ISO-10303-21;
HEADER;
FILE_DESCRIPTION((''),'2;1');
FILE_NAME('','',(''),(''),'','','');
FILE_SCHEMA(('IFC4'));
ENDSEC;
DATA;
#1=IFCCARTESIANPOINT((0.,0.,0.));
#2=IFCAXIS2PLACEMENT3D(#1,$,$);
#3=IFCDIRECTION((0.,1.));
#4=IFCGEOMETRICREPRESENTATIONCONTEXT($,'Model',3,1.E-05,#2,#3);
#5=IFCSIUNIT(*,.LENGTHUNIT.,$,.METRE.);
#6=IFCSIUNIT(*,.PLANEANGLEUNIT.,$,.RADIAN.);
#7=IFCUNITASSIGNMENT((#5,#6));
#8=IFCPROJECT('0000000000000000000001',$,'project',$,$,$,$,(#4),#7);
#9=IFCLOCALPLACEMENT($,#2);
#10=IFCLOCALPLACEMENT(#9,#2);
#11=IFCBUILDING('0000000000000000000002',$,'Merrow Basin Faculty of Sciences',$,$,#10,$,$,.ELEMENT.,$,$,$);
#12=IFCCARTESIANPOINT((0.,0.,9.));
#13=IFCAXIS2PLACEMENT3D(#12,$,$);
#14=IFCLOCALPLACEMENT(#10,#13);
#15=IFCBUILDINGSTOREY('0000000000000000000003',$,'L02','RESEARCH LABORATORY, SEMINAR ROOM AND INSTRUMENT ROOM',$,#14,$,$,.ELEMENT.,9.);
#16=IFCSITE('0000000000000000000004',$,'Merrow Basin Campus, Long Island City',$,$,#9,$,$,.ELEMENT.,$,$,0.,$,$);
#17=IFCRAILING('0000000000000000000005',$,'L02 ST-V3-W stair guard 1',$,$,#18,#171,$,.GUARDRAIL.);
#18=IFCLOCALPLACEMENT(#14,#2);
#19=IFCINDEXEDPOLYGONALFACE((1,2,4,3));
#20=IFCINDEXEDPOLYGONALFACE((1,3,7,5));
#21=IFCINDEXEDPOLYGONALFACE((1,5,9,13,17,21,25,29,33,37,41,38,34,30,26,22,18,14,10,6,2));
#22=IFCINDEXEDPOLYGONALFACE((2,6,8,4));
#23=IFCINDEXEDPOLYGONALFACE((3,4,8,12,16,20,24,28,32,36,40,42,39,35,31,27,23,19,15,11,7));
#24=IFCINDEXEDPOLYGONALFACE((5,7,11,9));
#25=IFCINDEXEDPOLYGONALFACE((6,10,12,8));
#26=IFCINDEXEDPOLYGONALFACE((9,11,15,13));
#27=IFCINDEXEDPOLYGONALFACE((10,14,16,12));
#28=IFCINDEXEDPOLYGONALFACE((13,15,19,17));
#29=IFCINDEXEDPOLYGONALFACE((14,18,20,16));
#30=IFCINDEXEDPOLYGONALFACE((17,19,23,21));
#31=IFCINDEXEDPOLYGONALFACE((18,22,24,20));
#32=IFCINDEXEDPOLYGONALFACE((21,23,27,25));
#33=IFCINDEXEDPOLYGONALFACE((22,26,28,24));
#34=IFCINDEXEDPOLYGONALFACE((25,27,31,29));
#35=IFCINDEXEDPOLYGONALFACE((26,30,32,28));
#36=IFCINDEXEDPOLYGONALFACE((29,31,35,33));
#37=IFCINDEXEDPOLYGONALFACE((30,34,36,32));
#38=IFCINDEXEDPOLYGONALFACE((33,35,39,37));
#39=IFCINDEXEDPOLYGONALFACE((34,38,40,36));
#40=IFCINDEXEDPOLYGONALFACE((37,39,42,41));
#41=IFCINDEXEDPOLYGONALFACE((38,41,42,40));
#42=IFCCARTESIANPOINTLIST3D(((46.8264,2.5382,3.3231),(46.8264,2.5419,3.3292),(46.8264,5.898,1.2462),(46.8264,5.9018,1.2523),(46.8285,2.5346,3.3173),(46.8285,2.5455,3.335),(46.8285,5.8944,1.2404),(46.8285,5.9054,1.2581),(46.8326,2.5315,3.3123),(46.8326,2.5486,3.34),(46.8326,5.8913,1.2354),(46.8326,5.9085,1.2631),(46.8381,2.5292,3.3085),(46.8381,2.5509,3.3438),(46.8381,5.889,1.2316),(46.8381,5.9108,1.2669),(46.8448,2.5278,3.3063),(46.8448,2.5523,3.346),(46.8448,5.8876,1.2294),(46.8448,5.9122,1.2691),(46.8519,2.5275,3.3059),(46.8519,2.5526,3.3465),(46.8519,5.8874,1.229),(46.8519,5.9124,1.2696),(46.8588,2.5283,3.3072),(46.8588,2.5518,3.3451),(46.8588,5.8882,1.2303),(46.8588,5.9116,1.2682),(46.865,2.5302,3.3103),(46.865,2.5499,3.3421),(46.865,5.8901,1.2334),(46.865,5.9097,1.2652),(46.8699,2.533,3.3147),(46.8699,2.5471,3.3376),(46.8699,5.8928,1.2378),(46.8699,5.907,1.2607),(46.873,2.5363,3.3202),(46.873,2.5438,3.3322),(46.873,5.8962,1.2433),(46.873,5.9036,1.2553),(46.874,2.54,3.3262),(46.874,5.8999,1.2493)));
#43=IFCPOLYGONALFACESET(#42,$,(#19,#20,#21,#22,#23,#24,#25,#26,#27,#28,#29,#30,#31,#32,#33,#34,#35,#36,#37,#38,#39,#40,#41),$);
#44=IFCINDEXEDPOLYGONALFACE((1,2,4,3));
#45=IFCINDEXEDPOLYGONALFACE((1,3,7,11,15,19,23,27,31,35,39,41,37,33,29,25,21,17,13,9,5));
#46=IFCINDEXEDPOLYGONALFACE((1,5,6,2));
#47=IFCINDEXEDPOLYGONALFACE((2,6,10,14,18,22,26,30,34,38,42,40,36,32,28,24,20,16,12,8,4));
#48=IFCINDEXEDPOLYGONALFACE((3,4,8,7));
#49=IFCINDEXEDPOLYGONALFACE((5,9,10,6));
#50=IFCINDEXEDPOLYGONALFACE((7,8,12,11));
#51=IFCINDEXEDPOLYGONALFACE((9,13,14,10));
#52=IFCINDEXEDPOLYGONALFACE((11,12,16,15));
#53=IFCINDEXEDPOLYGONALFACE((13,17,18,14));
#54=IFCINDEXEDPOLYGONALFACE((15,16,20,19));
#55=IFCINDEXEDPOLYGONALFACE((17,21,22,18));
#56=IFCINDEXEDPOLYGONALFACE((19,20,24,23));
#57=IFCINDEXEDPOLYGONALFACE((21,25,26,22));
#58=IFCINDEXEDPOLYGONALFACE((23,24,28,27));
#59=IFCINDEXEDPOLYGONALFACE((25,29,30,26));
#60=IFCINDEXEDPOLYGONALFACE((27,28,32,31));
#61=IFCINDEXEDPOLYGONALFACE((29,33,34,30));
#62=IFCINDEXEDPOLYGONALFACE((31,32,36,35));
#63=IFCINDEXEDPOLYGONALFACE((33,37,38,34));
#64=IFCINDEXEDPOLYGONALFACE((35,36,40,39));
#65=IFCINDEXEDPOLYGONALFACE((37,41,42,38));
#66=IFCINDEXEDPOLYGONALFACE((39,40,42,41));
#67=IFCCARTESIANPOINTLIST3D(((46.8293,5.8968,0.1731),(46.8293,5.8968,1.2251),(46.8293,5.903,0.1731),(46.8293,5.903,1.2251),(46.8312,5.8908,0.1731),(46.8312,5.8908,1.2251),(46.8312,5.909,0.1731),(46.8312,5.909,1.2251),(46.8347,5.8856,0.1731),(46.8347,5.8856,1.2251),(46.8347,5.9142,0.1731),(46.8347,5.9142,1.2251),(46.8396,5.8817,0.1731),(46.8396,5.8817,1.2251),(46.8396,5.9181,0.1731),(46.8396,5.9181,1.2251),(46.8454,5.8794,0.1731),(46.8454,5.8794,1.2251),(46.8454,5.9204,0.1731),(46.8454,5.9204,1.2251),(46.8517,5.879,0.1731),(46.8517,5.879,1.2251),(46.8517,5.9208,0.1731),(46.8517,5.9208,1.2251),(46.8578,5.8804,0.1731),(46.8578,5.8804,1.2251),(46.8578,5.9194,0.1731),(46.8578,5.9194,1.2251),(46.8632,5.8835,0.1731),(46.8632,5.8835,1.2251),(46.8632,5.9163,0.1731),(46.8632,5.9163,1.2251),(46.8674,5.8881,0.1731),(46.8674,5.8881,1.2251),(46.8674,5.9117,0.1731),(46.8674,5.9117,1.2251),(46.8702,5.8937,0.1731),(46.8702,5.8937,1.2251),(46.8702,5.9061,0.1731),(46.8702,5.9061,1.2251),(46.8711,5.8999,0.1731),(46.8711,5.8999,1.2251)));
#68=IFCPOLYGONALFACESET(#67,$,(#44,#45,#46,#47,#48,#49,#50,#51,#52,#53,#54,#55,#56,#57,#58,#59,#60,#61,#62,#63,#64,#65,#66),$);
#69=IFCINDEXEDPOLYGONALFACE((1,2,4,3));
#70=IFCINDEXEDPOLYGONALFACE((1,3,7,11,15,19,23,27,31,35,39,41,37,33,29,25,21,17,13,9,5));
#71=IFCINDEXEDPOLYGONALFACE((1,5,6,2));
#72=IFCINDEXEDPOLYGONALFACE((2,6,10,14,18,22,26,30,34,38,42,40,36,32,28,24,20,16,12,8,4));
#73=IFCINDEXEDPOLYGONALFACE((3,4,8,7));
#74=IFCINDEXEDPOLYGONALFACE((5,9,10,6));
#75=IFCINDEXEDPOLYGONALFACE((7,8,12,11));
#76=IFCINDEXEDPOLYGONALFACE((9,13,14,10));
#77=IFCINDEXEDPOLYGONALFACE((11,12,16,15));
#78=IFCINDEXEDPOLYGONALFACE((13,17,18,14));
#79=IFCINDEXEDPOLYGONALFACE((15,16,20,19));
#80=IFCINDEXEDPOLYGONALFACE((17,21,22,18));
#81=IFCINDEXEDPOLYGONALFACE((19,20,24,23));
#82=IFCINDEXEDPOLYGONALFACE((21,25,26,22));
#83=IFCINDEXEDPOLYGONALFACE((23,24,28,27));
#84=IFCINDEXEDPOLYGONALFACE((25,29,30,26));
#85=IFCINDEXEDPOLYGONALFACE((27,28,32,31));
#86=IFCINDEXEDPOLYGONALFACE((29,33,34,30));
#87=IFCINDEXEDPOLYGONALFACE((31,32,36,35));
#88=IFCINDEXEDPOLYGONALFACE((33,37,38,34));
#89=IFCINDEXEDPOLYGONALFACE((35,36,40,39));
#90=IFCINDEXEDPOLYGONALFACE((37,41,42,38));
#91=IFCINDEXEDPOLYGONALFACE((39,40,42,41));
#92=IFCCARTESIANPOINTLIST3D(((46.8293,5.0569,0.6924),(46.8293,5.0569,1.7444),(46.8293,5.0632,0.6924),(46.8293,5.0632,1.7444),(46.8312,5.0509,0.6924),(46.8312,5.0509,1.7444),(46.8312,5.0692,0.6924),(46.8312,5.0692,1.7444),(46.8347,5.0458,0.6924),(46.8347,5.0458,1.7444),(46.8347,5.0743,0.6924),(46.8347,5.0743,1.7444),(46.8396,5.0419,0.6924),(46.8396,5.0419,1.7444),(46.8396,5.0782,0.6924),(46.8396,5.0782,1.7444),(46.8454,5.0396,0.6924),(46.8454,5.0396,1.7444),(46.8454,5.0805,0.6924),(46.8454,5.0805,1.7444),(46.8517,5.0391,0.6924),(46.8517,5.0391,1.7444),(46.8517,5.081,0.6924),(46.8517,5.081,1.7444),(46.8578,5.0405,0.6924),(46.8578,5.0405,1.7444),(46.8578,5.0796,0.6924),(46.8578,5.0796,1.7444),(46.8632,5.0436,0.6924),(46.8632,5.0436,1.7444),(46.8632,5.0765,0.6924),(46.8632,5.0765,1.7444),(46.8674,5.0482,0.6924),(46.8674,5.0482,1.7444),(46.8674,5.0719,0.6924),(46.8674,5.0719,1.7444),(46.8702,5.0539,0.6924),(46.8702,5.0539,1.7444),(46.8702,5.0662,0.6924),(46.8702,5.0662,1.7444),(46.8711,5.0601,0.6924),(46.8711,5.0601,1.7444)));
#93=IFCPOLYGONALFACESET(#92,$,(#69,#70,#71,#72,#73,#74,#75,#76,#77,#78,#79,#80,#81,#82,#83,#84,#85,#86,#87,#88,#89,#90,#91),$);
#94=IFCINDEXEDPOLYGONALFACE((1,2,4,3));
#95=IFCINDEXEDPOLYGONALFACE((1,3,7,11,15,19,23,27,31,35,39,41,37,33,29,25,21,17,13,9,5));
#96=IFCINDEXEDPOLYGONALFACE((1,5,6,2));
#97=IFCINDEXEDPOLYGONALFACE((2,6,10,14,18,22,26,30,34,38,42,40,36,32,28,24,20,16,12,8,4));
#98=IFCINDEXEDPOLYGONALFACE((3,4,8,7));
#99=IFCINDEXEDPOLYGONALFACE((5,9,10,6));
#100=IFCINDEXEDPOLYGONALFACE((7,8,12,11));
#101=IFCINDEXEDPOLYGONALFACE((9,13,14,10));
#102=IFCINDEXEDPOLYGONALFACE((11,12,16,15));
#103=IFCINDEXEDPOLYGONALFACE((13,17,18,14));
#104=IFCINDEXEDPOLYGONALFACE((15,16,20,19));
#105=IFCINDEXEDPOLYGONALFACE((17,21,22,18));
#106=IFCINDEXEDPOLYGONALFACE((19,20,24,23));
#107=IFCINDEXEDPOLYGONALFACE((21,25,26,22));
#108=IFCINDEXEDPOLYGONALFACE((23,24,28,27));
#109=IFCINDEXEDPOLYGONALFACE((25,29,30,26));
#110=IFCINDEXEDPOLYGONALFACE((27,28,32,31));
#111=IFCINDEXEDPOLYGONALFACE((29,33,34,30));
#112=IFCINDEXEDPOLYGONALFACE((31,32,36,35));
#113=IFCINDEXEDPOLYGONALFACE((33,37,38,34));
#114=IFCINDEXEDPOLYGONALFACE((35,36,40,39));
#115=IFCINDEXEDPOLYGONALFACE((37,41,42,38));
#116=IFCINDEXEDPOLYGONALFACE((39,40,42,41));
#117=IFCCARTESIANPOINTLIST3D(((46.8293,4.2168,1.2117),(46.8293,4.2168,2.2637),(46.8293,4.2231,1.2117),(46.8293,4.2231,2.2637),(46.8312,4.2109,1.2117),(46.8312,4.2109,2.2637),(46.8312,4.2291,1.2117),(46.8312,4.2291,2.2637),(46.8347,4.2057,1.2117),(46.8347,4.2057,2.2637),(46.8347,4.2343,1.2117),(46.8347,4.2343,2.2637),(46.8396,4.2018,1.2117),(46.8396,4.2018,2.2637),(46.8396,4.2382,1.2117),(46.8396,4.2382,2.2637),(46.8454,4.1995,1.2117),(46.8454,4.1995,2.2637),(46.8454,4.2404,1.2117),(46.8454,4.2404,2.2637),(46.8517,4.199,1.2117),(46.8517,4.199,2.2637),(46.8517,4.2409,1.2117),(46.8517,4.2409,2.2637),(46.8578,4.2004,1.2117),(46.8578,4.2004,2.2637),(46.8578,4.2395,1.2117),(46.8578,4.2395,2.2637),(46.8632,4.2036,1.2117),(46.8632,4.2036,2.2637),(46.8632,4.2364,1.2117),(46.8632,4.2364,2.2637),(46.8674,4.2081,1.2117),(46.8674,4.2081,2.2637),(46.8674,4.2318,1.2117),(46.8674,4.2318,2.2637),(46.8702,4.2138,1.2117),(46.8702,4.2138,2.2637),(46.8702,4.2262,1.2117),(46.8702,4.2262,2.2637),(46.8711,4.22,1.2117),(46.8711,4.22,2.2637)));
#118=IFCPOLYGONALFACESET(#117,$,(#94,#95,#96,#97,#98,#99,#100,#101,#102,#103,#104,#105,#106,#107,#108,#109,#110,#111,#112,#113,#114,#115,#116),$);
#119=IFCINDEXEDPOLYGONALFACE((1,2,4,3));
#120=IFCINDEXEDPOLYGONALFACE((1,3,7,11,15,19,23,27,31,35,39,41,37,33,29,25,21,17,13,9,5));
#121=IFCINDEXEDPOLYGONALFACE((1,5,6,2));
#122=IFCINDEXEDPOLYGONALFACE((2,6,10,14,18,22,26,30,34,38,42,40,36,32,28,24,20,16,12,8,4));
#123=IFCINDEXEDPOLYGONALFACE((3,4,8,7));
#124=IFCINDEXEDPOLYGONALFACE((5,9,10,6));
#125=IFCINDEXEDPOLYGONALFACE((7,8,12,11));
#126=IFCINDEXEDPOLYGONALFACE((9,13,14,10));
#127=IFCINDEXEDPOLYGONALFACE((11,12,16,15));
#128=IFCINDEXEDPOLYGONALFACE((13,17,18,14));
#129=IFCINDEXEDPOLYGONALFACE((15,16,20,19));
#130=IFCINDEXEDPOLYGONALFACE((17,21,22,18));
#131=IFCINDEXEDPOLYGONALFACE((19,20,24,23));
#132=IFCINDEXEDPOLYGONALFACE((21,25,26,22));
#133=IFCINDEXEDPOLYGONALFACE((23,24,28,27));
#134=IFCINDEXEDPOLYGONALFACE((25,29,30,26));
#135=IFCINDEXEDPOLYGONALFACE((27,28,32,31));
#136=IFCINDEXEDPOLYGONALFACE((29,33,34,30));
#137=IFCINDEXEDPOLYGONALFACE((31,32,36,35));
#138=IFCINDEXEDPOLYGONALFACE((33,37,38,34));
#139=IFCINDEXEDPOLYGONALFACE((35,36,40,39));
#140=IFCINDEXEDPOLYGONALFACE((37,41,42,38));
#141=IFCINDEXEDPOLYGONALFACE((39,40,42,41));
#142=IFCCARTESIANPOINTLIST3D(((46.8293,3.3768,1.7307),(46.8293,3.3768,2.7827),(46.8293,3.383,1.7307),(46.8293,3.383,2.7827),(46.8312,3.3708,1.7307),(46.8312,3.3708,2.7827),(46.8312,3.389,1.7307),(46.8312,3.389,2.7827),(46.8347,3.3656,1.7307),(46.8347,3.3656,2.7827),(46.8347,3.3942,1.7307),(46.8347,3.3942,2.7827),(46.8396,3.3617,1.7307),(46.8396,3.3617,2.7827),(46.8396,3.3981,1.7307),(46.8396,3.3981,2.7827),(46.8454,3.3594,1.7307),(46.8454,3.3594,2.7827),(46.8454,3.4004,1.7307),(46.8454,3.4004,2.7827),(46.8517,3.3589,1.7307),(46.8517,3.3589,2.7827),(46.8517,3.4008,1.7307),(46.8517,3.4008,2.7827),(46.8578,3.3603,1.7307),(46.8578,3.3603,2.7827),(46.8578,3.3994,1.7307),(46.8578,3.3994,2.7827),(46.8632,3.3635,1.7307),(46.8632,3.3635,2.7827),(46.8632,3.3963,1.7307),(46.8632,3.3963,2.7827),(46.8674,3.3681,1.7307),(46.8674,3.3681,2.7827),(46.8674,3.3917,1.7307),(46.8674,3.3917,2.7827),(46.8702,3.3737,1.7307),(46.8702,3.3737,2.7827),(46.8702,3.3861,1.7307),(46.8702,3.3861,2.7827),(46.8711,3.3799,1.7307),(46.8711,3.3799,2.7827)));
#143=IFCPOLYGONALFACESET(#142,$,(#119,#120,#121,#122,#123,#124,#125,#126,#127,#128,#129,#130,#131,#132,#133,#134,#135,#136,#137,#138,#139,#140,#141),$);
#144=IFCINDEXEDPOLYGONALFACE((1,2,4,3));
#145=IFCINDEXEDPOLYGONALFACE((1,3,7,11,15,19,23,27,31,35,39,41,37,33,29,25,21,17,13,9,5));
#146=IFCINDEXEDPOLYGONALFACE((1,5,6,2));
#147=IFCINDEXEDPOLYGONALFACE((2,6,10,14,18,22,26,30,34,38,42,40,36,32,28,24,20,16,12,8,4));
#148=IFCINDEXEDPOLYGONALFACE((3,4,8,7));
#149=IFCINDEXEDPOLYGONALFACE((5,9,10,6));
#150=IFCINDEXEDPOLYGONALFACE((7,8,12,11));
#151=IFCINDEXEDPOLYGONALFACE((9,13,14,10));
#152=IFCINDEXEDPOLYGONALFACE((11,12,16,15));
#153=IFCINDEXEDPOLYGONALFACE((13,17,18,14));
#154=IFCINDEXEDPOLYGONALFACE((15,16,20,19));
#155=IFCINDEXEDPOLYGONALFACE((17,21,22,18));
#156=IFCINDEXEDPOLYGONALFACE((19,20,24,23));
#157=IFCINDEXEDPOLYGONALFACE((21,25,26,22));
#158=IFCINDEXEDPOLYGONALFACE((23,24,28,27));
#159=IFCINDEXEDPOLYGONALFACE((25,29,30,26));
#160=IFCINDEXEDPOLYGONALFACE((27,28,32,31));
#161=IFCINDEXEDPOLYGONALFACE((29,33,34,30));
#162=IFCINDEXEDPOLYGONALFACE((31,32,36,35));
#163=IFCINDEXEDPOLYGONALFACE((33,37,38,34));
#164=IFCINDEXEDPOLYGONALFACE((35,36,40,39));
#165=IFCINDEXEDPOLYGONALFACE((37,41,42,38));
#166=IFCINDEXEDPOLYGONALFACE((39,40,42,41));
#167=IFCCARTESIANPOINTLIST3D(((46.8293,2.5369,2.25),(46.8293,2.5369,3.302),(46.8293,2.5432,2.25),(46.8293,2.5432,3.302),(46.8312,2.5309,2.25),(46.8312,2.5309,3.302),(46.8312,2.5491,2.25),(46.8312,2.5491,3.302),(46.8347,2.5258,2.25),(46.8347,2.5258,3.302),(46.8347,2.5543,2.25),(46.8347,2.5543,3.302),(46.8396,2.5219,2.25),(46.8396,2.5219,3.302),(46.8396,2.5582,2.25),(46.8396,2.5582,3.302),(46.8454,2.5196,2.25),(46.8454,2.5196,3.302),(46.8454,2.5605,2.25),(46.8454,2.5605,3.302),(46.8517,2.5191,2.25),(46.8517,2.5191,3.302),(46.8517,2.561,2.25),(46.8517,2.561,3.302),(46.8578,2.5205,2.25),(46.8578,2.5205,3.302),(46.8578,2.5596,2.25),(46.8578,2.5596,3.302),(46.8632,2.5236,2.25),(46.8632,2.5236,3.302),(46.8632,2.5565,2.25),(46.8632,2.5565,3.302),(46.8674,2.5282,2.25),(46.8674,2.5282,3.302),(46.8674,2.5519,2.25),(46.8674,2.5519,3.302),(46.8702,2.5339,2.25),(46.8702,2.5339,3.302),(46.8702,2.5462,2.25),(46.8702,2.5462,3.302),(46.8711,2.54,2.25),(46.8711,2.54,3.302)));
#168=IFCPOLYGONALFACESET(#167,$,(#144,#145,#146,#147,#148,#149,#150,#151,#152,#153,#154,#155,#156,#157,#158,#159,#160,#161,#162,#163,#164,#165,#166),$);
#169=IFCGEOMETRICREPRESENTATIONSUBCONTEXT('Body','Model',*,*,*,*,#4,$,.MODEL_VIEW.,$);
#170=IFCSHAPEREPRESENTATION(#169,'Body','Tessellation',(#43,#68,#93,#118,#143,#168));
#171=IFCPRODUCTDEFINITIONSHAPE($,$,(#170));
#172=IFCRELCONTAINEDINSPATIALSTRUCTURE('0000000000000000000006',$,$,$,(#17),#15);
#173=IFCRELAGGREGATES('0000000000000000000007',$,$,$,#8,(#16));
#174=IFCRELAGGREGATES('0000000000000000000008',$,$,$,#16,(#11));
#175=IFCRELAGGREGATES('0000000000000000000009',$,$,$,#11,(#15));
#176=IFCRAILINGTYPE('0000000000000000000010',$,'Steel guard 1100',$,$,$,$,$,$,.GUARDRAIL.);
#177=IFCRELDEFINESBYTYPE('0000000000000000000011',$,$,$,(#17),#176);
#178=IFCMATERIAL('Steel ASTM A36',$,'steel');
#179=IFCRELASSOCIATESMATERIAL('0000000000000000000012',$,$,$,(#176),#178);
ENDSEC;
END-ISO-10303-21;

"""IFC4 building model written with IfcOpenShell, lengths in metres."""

from ifc_helpers import new_model, si_unit, direction, frame, origin, origin_2d, place, context, subcontext, project, spatial, circle, extrude, material, type_object, element, save


model = new_model("IFC4")

# Units and contexts
model_context = context("Model", 3, precision=1e-05, world=origin(), true_north=direction((0.0, 1.0)))
body_context = subcontext(model_context, "Body", "Model", "MODEL_VIEW")
ifc_project = project(units=[si_unit("LENGTHUNIT", "METRE"), si_unit("PLANEANGLEUNIT", "RADIAN")], contexts=[model_context])

# Site, building, storey
site_placement = place(None, origin())
site = spatial("IfcSite", under=ifc_project, at=site_placement, Name="Merrow Basin Campus, Long Island City", CompositionType="ELEMENT", RefElevation=0.0)
building_placement = place(site_placement, origin())
building = spatial("IfcBuilding", under=site, at=building_placement, Name="Merrow Basin Faculty of Sciences", CompositionType="ELEMENT")
storey_placement = place(building_placement, frame((0.0, 0.0, 9.0)))
storey = spatial("IfcBuildingStorey", under=building, at=storey_placement, Name="L02", Description="RESEARCH LABORATORY, SEMINAR ROOM AND INSTRUMENT ROOM", CompositionType="ELEMENT", Elevation=9.0)

# Railing
ifc_material_1 = material(Name="Steel ASTM A36", Category="steel")
railing_type_1 = type_object("IfcRailingType", Name="Steel guard 1100", PredefinedType="GUARDRAIL", material=ifc_material_1)
railing_1_placement = place(storey_placement, frame((46.8501, 5.8999, 0.1731)))
element("IfcRailing", 1, at=railing_1_placement, inside=storey, type_object=railing_type_1, Name="L02 ST-V3-W stair guard 1", PredefinedType="GUARDRAIL", context=body_context, shape_type="SweptSolid", body=[
    extrude(circle(Radius=0.0239, at=origin_2d()), frame((0.0, 0.0, 1.0762), z_axis=(0.0, -0.850606, 0.525803), x_axis=(1.0, 0.0, 0.0)), (0.0, 0.0, 1.0), 3.95),
    extrude(circle(Radius=0.021, at=origin_2d()), origin(), (0.0, 0.0, 1.0), 1.052),
    extrude(circle(Radius=0.021, at=origin_2d()), frame((0.0, -0.8398, 0.5193)), (0.0, 0.0, 1.0), 1.052),
    extrude(circle(Radius=0.021, at=origin_2d()), frame((0.0, -1.6799, 1.0386)), (0.0, 0.0, 1.0), 1.052),
    extrude(circle(Radius=0.021, at=origin_2d()), frame((0.0, -2.52, 1.5576)), (0.0, 0.0, 1.0), 1.052),
    extrude(circle(Radius=0.021, at=origin_2d()), frame((0.0, -3.3599, 2.0769)), (0.0, 0.0, 1.0), 1.052),
])

save(model, "model.ifc")
